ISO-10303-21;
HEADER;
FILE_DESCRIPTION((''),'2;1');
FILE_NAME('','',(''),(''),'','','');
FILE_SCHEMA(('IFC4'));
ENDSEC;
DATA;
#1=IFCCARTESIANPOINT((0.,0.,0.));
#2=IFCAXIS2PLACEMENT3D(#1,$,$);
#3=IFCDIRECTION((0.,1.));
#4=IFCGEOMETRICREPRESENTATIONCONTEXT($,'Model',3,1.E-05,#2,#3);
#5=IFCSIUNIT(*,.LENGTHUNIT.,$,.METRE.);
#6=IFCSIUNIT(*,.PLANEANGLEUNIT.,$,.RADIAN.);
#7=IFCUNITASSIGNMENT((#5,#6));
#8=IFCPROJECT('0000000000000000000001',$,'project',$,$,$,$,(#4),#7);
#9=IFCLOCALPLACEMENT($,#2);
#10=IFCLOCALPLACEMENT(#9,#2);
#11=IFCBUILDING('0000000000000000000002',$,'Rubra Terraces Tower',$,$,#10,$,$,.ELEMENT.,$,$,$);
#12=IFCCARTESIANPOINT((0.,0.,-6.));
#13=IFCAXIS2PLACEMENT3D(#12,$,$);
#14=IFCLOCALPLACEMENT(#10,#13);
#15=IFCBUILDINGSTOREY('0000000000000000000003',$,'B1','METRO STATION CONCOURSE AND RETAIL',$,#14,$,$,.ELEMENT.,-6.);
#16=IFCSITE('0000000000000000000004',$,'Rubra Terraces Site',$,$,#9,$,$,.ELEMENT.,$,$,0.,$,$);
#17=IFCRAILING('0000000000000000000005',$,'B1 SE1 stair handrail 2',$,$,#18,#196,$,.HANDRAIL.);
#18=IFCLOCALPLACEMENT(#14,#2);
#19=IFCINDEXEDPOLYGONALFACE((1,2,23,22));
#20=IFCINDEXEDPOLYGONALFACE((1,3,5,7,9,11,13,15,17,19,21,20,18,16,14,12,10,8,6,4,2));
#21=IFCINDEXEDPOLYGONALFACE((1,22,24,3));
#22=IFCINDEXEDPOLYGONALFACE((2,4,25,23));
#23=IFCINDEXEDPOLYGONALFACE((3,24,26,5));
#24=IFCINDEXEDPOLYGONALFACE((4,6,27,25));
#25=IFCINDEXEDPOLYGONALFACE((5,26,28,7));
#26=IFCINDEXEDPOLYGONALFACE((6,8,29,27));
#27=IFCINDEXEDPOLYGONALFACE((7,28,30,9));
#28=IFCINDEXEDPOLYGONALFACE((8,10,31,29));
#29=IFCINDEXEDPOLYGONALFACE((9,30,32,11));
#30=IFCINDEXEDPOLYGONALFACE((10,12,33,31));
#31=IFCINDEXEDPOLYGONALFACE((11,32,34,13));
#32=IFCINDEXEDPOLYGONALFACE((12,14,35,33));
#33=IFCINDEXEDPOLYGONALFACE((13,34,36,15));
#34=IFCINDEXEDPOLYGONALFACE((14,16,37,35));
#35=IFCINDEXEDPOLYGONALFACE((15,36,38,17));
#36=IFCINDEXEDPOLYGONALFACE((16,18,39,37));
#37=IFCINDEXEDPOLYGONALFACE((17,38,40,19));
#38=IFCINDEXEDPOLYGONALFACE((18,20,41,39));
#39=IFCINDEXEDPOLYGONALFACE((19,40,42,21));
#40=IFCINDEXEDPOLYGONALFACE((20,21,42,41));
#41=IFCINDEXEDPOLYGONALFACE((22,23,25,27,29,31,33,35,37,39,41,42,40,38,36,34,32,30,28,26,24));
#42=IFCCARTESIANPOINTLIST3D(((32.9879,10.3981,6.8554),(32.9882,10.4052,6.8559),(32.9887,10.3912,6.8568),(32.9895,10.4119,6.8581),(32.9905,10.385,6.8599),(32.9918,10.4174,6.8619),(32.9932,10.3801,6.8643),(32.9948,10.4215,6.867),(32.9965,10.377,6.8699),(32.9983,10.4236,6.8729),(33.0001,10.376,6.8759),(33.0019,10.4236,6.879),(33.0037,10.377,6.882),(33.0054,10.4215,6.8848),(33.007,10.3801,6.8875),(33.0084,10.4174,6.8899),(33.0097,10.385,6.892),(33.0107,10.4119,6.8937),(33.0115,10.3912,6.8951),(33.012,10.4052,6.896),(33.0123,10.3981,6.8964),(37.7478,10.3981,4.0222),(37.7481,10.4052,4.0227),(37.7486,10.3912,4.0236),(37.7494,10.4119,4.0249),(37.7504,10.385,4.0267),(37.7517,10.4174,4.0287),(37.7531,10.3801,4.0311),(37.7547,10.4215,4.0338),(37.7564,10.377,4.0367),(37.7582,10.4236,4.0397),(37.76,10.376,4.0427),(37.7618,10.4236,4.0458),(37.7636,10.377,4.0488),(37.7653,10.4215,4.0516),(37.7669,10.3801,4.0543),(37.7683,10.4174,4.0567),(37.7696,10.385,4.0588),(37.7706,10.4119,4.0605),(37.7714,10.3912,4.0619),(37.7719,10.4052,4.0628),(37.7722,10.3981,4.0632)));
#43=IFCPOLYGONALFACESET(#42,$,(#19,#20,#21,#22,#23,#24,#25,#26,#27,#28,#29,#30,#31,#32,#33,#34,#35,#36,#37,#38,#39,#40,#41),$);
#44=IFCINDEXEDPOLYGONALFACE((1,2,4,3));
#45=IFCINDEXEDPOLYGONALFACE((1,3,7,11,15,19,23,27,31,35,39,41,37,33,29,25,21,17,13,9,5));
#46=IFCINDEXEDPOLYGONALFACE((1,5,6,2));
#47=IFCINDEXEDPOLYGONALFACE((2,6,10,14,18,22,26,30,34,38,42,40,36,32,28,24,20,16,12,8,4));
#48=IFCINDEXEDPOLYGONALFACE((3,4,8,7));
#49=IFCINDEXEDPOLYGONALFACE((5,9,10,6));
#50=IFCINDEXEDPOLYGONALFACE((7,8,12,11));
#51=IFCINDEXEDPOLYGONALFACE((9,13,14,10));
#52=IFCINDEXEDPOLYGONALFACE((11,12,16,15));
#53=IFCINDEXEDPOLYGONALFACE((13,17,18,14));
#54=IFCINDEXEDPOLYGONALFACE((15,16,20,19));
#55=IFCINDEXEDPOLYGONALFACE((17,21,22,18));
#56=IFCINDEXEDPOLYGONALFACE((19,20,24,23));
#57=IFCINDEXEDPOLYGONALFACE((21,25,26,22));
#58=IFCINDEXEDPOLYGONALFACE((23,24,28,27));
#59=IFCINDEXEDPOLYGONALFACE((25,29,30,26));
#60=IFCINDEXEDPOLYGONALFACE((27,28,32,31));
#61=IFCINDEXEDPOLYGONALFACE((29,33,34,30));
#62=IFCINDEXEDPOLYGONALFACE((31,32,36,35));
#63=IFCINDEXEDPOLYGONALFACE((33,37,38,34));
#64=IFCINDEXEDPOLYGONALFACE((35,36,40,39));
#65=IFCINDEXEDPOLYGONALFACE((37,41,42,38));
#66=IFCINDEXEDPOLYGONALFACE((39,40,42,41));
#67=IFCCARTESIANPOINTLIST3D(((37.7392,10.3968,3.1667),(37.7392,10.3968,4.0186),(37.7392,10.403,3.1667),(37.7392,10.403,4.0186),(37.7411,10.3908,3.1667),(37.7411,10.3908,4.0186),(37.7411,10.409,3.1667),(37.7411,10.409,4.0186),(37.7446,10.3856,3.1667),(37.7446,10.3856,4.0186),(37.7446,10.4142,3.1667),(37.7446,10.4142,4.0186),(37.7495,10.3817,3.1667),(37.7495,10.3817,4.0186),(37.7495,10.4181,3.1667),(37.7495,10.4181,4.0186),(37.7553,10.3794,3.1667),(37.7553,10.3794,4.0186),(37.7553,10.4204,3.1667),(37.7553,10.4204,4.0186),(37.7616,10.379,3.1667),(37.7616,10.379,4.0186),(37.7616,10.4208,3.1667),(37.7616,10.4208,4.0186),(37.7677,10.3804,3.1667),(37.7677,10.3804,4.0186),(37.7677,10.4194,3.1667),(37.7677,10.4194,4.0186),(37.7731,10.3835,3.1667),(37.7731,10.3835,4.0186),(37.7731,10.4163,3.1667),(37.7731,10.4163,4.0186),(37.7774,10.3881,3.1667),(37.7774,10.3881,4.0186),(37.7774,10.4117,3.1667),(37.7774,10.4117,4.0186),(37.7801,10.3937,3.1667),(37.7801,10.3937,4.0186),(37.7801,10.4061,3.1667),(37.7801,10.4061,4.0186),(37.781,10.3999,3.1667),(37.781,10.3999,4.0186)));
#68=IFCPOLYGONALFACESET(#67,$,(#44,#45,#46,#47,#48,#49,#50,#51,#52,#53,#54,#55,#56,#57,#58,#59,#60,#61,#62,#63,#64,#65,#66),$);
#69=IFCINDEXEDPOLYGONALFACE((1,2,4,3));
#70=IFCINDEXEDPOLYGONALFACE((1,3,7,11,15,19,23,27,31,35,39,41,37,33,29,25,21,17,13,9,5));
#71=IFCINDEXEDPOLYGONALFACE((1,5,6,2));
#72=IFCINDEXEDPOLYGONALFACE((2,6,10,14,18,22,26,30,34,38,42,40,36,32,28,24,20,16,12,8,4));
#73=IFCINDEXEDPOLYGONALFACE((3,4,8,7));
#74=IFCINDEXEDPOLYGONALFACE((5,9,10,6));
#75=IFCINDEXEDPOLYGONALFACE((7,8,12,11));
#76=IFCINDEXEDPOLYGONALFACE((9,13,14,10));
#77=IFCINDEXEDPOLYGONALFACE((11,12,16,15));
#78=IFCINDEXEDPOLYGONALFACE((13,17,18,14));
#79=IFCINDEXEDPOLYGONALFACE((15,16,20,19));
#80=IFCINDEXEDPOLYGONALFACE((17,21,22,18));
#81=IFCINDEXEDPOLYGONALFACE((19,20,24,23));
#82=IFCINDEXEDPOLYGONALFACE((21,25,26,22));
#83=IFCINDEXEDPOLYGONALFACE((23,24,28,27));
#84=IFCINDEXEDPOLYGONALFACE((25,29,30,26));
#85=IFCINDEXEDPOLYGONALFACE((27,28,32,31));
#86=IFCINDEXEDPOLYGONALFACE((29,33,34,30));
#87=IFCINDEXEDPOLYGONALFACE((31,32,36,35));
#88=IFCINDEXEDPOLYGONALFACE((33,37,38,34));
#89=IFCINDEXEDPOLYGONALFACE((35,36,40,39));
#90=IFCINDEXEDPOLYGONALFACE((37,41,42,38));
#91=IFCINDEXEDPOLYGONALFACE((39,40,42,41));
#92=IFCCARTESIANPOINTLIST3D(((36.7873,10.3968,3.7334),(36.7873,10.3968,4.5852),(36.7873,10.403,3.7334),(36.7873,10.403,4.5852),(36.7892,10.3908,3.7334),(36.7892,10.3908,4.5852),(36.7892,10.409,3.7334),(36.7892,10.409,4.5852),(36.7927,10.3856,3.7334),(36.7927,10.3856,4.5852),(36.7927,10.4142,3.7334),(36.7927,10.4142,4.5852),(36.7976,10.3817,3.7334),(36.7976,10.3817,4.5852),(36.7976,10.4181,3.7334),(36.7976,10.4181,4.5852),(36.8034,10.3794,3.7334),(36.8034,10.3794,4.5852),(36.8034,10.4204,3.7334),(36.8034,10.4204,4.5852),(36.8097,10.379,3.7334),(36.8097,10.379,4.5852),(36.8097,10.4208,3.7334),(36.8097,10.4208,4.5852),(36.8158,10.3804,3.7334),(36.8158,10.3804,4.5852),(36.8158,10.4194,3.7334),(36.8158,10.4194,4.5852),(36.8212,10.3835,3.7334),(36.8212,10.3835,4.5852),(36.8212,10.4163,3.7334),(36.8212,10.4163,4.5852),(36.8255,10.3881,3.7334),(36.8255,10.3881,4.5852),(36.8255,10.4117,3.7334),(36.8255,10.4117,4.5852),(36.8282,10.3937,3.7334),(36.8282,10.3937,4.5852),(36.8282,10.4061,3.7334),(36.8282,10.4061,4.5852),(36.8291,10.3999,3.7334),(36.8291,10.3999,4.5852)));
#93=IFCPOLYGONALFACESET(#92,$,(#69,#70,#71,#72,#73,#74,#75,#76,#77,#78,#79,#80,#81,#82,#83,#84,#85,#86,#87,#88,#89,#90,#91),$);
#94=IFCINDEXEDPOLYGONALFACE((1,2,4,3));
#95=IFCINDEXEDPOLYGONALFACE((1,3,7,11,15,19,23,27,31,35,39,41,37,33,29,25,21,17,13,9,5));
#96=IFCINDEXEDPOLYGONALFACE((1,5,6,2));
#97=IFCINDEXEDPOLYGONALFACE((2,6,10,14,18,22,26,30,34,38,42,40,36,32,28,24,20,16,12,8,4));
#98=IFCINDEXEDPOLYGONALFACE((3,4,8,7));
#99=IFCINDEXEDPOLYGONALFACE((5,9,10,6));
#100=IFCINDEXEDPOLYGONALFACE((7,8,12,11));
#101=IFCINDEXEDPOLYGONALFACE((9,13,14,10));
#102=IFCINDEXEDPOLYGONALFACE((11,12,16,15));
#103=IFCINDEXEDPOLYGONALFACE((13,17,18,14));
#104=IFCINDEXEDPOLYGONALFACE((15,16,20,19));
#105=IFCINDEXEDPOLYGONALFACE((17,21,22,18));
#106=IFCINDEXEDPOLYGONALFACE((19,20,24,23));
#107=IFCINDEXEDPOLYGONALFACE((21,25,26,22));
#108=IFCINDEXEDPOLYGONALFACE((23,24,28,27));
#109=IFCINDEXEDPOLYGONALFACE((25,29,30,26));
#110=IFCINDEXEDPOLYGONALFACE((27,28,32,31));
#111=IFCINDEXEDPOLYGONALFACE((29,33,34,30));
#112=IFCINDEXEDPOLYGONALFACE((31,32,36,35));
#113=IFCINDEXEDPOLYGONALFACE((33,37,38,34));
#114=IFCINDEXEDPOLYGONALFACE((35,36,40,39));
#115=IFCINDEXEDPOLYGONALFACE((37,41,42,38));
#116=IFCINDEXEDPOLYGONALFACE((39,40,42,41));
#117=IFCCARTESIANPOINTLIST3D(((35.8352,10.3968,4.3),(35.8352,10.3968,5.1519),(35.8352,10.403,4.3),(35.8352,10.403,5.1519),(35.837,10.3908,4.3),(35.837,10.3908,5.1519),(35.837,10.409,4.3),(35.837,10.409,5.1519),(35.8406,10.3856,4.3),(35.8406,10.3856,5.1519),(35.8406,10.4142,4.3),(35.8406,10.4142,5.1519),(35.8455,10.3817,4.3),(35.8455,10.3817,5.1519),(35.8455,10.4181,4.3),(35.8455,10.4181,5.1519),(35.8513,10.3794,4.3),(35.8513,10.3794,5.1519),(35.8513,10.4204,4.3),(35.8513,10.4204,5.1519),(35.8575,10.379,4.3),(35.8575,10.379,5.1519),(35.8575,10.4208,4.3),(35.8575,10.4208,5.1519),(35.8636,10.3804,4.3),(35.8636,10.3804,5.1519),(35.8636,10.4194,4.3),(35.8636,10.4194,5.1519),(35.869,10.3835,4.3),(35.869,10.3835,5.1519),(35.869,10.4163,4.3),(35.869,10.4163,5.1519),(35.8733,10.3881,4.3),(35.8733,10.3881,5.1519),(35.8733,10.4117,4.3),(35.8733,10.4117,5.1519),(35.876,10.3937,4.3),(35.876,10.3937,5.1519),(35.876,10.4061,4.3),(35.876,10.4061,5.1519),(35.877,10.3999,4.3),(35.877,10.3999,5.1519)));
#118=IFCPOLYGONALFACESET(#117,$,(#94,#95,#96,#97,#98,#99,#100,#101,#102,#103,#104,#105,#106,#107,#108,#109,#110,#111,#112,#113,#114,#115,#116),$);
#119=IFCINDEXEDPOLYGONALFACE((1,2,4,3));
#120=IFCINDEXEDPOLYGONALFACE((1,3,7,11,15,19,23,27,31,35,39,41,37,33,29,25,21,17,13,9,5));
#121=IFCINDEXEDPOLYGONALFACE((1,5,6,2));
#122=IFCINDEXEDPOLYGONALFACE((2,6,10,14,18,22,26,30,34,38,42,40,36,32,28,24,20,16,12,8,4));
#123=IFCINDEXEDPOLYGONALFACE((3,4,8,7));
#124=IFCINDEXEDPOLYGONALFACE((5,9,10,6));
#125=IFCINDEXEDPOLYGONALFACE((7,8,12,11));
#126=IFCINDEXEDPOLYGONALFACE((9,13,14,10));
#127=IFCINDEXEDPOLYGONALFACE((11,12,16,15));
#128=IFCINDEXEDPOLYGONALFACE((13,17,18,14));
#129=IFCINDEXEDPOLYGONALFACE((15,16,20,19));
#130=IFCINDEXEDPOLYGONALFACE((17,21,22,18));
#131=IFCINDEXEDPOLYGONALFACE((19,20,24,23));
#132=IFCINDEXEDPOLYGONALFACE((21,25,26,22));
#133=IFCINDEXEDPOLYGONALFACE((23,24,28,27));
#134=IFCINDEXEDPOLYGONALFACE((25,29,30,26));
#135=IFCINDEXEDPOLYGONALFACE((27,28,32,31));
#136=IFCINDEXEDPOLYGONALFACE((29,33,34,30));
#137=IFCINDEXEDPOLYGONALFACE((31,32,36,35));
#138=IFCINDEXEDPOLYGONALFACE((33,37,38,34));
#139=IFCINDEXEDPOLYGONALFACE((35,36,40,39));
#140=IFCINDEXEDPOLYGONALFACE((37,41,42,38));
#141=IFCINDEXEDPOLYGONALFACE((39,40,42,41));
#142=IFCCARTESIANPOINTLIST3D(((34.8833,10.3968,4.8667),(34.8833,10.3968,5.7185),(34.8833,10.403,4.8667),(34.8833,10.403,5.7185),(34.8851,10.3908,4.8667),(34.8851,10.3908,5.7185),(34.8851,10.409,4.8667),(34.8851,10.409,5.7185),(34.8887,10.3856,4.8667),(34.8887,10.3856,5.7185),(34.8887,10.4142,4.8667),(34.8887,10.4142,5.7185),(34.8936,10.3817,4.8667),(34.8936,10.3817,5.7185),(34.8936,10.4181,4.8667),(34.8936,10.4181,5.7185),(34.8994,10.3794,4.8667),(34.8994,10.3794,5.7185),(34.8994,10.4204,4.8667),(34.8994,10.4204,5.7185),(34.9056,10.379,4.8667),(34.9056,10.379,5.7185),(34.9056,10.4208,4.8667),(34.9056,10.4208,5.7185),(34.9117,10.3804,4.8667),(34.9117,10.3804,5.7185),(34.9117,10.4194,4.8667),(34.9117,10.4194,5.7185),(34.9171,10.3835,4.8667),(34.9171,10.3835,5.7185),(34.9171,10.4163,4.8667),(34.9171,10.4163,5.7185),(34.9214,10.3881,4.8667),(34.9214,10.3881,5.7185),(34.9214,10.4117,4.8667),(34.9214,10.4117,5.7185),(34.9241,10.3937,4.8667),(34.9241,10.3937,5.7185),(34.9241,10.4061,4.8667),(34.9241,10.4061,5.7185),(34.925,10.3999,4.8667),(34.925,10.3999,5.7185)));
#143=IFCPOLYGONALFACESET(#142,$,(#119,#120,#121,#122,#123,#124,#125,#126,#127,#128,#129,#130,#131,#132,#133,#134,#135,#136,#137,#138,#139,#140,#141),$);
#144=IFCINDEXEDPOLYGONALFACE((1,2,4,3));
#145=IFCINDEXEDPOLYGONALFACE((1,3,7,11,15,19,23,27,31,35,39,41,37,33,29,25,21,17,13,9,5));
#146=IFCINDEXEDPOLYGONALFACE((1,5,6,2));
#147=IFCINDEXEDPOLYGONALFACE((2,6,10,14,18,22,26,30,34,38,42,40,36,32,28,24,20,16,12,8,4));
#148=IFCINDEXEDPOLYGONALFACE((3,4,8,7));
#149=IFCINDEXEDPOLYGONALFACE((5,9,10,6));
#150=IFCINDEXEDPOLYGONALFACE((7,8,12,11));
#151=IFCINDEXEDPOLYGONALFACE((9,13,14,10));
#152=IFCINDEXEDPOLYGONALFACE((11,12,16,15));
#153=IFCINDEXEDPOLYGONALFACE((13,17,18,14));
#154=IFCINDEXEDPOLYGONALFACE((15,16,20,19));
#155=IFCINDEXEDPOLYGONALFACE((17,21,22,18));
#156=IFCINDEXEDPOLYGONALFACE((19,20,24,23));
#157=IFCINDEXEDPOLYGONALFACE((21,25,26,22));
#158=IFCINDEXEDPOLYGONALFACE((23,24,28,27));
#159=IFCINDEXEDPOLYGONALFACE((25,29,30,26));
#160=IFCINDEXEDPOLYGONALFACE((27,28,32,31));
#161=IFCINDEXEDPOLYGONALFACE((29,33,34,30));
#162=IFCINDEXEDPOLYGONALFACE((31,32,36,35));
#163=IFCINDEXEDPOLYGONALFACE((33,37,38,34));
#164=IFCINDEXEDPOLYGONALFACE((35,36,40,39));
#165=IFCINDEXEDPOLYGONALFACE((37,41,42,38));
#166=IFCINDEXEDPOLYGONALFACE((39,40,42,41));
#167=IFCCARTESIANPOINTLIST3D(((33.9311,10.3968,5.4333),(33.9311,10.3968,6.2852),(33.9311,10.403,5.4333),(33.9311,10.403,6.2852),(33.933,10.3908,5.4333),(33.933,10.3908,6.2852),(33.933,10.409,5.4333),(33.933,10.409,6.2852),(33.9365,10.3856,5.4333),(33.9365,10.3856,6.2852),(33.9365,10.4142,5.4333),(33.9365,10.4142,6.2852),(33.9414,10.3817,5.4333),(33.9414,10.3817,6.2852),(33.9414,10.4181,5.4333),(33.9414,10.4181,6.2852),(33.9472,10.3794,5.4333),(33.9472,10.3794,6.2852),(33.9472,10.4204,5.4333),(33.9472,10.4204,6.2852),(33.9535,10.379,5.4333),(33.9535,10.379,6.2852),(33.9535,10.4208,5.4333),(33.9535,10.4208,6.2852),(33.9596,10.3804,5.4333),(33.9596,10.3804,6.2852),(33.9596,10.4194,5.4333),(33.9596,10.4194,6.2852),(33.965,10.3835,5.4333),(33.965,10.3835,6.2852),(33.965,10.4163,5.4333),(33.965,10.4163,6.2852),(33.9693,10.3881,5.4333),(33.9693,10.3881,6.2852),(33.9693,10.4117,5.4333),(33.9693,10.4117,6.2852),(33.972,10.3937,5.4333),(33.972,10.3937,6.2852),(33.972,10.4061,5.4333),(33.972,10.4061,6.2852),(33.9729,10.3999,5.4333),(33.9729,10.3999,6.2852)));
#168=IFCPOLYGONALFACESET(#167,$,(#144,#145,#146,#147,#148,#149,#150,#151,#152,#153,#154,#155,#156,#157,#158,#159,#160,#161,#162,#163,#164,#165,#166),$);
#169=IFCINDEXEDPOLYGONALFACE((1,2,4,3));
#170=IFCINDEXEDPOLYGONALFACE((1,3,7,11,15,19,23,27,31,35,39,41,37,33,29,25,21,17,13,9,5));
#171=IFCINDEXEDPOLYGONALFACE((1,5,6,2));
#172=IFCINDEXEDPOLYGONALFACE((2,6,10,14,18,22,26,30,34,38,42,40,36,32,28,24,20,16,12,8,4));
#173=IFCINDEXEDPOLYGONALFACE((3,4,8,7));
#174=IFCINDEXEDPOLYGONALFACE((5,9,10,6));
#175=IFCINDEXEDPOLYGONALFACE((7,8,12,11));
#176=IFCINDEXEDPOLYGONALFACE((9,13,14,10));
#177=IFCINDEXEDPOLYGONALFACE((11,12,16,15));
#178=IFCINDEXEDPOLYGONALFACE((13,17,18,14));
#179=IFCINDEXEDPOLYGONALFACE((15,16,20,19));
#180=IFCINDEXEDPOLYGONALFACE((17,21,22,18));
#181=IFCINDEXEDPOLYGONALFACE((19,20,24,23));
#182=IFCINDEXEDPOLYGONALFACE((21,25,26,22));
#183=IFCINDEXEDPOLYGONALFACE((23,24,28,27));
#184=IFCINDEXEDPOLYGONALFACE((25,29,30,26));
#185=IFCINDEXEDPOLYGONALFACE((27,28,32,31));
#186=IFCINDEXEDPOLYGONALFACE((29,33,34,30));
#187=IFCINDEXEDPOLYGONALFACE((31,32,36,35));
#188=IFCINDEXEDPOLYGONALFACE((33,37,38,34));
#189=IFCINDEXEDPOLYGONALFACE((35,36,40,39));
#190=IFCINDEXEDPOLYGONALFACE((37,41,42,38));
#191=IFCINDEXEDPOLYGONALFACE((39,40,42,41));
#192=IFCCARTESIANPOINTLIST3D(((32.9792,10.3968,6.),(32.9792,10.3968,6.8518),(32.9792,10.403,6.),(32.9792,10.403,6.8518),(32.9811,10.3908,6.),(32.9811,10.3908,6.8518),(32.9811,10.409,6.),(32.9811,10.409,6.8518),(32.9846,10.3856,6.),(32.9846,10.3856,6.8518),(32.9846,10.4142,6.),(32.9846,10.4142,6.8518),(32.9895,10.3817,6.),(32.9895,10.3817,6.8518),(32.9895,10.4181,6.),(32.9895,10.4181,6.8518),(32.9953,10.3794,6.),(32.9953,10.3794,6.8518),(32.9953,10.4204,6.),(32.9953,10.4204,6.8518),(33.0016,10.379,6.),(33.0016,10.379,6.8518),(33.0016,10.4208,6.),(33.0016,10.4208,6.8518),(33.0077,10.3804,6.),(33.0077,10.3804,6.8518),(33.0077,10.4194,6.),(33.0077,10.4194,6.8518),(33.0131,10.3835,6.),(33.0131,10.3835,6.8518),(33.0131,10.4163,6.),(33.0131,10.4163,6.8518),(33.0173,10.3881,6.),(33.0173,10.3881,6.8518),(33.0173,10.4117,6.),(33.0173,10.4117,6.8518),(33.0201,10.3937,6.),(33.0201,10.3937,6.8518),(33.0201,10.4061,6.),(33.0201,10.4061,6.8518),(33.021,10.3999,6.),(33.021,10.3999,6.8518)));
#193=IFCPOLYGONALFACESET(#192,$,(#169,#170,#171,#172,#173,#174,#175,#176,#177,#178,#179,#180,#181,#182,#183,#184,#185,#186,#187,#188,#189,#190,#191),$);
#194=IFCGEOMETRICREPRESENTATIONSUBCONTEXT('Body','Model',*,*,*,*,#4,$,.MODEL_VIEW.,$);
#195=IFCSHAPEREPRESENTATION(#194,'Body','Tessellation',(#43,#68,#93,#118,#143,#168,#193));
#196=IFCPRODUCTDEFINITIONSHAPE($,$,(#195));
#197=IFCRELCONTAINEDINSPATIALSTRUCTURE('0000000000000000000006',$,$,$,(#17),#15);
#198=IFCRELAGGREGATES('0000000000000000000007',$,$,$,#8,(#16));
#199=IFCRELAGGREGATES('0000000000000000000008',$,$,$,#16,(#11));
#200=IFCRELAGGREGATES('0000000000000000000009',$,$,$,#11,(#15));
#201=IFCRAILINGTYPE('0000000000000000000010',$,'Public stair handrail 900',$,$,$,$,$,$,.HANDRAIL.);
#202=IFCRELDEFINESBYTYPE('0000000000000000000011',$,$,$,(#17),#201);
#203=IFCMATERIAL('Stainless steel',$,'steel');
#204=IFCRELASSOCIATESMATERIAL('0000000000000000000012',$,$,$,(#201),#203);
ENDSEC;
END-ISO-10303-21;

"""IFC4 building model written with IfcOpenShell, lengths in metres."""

from ifc_helpers import new_model, si_unit, direction, frame, origin, origin_2d, place, context, subcontext, project, spatial, circle, extrude, material, type_object, element, save


model = new_model("IFC4")

# Units and contexts
model_context = context("Model", 3, precision=1e-05, world=origin(), true_north=direction((0.0, 1.0)))
body_context = subcontext(model_context, "Body", "Model", "MODEL_VIEW")
ifc_project = project(units=[si_unit("LENGTHUNIT", "METRE"), si_unit("PLANEANGLEUNIT", "RADIAN")], contexts=[model_context])

# Site, building, storey
site_placement = place(None, origin())
site = spatial("IfcSite", under=ifc_project, at=site_placement, Name="Rubra Terraces Site", CompositionType="ELEMENT", RefElevation=0.0)
building_placement = place(site_placement, origin())
building = spatial("IfcBuilding", under=site, at=building_placement, Name="Rubra Terraces Tower", CompositionType="ELEMENT")
storey_placement = place(building_placement, frame((0.0, 0.0, -6.0)))
storey = spatial("IfcBuildingStorey", under=building, at=storey_placement, Name="B1", Description="METRO STATION CONCOURSE AND RETAIL", CompositionType="ELEMENT", Elevation=-6.0)

# Railing
ifc_material_1 = material(Name="Stainless steel", Category="steel")
railing_type_1 = type_object("IfcRailingType", Name="Public stair handrail 900", PredefinedType="HANDRAIL", material=ifc_material_1)
railing_1_placement = place(storey_placement, frame((37.76, 10.3999, 3.1667)))
element("IfcRailing", 1, at=railing_1_placement, inside=storey, type_object=railing_type_1, Name="B1 SE1 stair handrail 2", PredefinedType="HANDRAIL", context=body_context, shape_type="SweptSolid", body=[
    extrude(circle(Radius=0.0239, at=origin_2d()), frame((0.0, 0.0, 0.876), z_axis=(-0.8593, 0.0, 0.511472), x_axis=(0.0, -1.0, 0.0)), (0.0, 0.0, 1.0), 5.5393),
    extrude(circle(Radius=0.021, at=origin_2d()), origin(), (0.0, 0.0, 1.0), 0.8518),
    extrude(circle(Radius=0.021, at=origin_2d()), frame((-0.9519, 0.0, 0.5667)), (0.0, 0.0, 1.0), 0.8518),
    extrude(circle(Radius=0.021, at=origin_2d()), frame((-1.9041, 0.0, 1.1333)), (0.0, 0.0, 1.0), 0.8518),
    extrude(circle(Radius=0.021, at=origin_2d()), frame((-2.856, 0.0, 1.7)), (0.0, 0.0, 1.0), 0.8518),
    extrude(circle(Radius=0.021, at=origin_2d()), frame((-3.8081, 0.0, 2.2666)), (0.0, 0.0, 1.0), 0.8518),
    extrude(circle(Radius=0.021, at=origin_2d()), frame((-4.76, 0.0, 2.8333)), (0.0, 0.0, 1.0), 0.8518),
])

save(model, "model.ifc")
